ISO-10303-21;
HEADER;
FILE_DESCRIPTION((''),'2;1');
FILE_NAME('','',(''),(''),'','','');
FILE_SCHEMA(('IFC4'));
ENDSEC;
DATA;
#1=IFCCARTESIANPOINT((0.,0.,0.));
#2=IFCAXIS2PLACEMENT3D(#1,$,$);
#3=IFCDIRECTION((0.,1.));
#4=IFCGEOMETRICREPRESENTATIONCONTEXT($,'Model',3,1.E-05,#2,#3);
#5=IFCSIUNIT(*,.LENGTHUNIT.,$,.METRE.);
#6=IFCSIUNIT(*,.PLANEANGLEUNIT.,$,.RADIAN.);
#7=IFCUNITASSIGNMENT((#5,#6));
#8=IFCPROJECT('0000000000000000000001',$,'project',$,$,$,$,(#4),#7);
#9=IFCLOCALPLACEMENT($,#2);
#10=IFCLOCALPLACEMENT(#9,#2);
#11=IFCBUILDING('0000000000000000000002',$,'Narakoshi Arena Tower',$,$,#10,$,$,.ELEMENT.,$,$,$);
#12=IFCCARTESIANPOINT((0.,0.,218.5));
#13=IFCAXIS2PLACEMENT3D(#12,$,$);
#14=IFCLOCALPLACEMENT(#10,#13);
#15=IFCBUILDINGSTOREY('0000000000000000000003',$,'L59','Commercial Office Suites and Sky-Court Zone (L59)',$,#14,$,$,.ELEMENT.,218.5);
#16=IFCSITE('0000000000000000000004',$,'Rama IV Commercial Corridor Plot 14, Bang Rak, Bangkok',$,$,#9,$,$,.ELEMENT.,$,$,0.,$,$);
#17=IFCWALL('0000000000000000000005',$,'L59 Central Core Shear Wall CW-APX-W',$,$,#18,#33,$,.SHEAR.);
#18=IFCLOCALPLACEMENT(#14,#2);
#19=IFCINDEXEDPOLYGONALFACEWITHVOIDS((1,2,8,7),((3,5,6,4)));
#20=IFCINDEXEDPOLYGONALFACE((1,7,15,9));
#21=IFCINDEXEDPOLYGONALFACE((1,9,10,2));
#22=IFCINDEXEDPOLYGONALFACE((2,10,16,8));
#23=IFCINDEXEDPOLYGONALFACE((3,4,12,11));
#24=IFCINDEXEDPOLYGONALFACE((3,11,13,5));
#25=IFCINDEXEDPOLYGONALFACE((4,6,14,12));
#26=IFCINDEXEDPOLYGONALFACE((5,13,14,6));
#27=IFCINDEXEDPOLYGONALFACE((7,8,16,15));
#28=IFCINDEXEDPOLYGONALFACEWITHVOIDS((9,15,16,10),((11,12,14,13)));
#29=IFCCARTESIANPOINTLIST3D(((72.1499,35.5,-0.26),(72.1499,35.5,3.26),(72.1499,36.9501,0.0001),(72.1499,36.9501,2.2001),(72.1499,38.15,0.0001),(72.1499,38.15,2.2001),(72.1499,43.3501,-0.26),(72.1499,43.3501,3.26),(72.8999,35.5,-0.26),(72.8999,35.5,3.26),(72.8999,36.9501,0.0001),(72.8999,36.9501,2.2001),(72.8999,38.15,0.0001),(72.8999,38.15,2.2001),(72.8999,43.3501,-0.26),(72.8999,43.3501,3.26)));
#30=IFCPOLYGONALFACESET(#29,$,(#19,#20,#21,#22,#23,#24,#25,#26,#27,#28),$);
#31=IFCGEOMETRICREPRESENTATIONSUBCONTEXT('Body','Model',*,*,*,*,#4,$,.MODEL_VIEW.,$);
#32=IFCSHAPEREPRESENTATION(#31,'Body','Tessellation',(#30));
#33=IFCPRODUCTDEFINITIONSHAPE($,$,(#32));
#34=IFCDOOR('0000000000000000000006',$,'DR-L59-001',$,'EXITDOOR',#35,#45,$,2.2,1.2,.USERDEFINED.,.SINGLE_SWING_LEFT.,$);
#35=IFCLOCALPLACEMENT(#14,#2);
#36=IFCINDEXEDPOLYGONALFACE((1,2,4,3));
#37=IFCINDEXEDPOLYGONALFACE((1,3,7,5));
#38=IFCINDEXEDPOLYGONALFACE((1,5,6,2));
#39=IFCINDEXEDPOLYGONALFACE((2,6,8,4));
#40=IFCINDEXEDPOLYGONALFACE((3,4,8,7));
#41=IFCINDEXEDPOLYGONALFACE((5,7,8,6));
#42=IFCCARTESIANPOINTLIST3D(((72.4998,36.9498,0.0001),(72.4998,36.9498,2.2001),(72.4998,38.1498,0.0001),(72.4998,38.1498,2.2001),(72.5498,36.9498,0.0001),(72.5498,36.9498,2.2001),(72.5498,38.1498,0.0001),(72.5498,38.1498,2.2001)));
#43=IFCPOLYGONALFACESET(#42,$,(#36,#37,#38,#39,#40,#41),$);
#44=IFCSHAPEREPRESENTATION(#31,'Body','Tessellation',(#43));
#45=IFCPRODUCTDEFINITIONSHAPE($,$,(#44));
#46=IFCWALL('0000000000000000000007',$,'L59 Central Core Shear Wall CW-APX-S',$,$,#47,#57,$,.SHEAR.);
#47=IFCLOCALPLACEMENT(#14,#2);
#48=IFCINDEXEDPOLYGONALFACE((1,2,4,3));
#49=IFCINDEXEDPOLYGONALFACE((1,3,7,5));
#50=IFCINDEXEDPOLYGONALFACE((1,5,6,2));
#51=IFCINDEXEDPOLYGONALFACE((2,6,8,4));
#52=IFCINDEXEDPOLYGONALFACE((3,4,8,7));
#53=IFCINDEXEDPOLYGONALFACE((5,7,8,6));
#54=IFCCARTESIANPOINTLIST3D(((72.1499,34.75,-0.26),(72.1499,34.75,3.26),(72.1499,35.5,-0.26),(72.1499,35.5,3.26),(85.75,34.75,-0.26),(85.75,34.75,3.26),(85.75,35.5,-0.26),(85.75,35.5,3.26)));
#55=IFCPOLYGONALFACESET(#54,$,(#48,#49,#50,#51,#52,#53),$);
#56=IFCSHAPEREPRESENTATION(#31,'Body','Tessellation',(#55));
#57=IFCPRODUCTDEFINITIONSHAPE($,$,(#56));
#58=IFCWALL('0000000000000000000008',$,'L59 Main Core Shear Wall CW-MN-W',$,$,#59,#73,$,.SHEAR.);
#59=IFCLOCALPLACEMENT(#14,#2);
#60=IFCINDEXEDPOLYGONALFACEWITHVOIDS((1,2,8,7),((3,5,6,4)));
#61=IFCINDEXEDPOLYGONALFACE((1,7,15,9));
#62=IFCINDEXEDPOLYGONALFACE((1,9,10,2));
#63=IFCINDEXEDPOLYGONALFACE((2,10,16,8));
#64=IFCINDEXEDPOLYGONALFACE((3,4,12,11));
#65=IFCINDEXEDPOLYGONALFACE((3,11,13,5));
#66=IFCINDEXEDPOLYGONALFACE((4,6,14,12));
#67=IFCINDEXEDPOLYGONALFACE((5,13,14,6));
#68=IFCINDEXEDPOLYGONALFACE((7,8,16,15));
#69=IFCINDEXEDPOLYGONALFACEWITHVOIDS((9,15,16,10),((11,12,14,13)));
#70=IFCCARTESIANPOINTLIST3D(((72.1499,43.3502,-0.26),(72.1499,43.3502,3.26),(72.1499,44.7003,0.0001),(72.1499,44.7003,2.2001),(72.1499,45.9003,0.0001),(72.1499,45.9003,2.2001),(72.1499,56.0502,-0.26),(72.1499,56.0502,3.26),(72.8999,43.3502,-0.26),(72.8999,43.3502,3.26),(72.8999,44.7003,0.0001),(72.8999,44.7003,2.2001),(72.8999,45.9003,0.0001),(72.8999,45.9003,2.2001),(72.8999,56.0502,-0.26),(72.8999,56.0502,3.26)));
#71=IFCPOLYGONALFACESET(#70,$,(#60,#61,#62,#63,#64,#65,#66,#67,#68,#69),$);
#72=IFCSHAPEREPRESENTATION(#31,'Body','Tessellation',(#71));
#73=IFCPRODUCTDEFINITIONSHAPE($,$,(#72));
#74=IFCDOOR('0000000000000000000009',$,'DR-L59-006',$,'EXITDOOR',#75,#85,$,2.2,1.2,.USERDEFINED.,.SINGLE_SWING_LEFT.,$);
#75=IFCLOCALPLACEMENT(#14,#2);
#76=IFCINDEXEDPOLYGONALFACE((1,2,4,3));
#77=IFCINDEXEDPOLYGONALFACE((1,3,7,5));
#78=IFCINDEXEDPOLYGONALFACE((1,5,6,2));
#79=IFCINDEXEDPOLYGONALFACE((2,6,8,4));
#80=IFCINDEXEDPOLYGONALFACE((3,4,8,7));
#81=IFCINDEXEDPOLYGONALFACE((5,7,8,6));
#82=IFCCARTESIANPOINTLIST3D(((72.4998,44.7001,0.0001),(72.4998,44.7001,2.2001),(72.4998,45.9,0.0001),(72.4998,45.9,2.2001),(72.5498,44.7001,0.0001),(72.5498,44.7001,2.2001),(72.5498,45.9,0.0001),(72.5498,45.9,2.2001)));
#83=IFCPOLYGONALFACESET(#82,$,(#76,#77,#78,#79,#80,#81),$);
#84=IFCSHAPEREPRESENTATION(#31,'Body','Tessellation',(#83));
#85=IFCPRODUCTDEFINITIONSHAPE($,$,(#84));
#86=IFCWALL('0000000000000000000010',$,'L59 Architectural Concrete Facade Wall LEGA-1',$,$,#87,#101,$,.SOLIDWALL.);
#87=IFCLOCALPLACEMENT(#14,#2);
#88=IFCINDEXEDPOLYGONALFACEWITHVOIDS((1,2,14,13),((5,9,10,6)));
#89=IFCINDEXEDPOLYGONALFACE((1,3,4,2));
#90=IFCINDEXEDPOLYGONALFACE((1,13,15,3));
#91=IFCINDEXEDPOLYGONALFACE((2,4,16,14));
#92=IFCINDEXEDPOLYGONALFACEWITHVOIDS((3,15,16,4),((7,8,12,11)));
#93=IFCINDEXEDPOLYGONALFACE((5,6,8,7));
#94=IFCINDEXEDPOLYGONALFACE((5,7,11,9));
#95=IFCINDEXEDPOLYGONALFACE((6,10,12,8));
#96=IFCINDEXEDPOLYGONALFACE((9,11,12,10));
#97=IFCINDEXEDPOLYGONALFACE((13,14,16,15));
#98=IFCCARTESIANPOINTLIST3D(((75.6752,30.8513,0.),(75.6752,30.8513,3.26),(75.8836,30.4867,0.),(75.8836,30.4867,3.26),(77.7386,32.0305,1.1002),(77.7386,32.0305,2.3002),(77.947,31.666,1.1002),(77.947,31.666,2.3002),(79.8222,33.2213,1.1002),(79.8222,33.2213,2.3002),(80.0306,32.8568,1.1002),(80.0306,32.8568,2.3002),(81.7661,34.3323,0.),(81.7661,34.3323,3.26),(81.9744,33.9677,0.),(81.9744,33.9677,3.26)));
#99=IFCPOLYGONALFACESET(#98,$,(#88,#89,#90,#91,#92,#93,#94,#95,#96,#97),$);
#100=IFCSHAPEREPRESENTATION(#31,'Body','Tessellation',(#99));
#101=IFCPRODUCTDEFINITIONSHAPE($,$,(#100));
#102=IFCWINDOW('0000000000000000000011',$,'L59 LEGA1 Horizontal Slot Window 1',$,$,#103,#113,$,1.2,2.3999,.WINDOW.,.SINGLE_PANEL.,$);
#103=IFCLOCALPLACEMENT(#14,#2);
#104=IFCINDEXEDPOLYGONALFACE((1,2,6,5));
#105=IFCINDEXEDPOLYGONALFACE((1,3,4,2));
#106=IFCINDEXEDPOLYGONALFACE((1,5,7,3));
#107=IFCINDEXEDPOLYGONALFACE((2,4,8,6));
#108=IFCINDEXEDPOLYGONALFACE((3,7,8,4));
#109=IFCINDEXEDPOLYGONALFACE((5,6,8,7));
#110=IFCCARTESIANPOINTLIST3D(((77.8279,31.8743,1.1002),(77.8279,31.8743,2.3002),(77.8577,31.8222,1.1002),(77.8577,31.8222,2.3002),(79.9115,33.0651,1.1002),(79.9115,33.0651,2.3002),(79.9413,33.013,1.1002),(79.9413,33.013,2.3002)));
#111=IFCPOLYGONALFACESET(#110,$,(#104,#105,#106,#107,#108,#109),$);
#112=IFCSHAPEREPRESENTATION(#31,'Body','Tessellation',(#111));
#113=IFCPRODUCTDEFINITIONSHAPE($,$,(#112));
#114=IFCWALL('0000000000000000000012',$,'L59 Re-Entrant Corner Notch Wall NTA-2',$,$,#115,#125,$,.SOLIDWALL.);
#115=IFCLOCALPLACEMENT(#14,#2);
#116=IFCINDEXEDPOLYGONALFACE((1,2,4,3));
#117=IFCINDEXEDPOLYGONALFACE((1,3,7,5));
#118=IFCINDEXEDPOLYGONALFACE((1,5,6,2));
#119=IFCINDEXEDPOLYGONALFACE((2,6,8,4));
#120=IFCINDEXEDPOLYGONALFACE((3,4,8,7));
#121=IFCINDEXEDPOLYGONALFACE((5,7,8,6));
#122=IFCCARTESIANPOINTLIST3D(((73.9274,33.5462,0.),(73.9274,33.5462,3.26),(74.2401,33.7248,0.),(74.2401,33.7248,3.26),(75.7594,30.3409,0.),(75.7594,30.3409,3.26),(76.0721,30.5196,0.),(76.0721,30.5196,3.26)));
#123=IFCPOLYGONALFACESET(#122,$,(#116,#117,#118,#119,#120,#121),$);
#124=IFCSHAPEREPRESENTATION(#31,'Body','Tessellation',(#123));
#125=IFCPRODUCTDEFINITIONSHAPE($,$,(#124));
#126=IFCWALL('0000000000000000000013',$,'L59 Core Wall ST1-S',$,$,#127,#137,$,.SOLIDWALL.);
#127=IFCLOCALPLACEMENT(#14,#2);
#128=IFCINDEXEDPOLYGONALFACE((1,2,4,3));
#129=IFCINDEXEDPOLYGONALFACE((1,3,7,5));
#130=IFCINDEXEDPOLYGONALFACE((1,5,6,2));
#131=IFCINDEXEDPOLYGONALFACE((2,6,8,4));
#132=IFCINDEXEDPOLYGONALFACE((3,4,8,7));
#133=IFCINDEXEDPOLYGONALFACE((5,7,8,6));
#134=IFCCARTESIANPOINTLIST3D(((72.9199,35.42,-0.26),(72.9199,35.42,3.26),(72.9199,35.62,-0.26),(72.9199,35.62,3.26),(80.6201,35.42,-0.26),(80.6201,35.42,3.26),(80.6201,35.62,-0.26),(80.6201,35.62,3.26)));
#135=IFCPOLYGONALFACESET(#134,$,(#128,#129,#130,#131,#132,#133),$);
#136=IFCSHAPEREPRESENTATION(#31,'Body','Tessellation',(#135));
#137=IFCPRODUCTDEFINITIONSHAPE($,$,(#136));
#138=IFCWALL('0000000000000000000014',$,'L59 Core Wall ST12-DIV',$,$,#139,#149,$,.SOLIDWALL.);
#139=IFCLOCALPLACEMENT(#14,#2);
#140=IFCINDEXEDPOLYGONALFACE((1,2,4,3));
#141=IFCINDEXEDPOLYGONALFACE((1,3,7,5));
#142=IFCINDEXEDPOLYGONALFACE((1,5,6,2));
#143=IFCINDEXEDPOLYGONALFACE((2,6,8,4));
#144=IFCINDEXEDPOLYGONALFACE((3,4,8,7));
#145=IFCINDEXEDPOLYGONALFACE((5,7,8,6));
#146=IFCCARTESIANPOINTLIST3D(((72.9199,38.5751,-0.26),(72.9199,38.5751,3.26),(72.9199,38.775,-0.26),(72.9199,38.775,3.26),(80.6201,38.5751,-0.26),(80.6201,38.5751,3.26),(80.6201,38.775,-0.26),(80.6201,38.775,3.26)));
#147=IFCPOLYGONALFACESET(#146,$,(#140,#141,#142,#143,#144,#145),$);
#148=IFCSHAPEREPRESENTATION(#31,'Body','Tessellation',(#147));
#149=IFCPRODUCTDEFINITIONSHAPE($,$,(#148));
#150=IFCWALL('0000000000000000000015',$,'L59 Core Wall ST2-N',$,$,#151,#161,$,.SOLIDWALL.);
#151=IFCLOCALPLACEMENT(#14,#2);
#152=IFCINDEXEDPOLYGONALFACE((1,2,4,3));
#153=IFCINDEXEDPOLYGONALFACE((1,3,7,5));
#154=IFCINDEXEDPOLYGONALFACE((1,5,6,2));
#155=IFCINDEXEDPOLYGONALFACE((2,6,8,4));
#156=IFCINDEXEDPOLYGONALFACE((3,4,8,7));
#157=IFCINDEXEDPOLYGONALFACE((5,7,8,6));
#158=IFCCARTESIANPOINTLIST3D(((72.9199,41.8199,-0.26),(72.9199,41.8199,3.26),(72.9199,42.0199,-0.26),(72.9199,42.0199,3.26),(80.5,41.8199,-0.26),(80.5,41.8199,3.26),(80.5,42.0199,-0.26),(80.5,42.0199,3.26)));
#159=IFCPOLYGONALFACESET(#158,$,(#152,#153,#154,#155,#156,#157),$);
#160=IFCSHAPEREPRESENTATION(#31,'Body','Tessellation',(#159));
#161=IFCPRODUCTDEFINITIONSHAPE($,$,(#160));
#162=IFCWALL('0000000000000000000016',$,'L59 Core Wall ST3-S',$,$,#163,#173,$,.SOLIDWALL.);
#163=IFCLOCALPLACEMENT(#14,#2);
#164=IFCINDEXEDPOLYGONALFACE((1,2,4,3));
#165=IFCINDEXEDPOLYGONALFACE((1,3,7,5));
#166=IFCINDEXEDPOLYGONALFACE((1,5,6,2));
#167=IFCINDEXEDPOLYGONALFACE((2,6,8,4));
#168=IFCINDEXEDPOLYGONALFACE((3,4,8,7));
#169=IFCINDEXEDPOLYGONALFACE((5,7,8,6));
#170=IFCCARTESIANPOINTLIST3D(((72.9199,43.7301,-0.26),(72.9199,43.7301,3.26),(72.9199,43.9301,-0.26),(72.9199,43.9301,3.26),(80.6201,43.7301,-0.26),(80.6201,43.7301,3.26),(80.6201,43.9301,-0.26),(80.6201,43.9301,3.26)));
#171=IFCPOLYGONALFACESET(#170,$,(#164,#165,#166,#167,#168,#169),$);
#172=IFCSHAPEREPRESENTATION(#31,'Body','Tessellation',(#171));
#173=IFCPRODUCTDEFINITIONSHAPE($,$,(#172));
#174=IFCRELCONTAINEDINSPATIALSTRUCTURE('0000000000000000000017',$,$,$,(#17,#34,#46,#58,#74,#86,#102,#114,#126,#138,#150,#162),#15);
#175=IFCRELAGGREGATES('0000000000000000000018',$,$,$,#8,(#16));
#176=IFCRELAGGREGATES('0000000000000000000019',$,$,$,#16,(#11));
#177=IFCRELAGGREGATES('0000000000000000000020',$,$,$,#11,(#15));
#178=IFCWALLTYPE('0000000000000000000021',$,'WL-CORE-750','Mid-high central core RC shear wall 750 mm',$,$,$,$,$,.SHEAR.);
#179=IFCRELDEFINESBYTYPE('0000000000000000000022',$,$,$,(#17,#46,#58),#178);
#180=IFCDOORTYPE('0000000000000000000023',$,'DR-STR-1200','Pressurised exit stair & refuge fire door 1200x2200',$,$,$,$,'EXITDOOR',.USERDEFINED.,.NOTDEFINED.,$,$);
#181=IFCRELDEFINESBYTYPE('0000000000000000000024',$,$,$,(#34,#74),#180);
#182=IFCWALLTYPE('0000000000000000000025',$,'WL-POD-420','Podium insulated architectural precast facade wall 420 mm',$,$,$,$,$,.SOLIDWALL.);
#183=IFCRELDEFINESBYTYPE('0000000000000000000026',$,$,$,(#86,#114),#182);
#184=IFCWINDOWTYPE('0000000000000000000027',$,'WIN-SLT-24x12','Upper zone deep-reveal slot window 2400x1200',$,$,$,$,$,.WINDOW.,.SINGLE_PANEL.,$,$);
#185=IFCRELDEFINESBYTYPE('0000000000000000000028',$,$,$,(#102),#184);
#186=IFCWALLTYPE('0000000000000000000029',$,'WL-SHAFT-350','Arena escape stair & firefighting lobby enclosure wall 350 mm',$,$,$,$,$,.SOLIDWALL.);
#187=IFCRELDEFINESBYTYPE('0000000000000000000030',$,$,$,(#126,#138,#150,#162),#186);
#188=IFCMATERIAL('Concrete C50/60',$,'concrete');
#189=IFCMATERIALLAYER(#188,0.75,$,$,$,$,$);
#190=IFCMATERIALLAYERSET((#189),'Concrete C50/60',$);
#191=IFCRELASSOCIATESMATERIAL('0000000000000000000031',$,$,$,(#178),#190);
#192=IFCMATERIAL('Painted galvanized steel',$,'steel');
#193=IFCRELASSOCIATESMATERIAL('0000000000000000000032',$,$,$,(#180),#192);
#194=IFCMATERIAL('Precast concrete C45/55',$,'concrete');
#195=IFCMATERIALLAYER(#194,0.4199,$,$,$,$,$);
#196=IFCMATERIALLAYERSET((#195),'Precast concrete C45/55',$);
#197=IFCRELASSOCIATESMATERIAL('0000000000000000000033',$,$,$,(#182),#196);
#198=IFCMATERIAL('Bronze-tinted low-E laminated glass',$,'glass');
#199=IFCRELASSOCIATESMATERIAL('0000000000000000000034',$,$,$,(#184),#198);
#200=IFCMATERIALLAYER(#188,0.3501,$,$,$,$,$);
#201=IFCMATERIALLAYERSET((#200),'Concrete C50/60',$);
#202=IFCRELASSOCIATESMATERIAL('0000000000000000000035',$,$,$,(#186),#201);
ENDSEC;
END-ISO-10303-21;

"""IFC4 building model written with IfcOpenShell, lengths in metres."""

from ifc_helpers import new_model, si_unit, direction, frame, frame_2d, origin, place, context, subcontext, project, spatial, rectangle, extrude, material, layer, layer_set, type_object, element, fill, save


model = new_model("IFC4")

# Units and contexts
model_context = context("Model", 3, precision=1e-05, world=origin(), true_north=direction((0.0, 1.0)))
body_context = subcontext(model_context, "Body", "Model", "MODEL_VIEW")
ifc_project = project(units=[si_unit("LENGTHUNIT", "METRE"), si_unit("PLANEANGLEUNIT", "RADIAN")], contexts=[model_context])

# Site, building, storey
site_placement = place(None, origin())
site = spatial("IfcSite", under=ifc_project, at=site_placement, Name="Rama IV Commercial Corridor Plot 14, Bang Rak, Bangkok", CompositionType="ELEMENT", RefElevation=0.0)
building_placement = place(site_placement, origin())
building = spatial("IfcBuilding", under=site, at=building_placement, Name="Narakoshi Arena Tower", CompositionType="ELEMENT")
storey_placement = place(building_placement, frame((0.0, 0.0, 218.5)))
storey = spatial("IfcBuildingStorey", under=building, at=storey_placement, Name="L59", Description="Commercial Office Suites and Sky-Court Zone (L59)", CompositionType="ELEMENT", Elevation=218.5)

# Wall, opening, door
ifc_material_1 = material(Name="Concrete C50/60", Category="concrete")
ifc_layer_1 = layer(ifc_material_1, 0.75)
ifc_layer_set_1 = layer_set([ifc_layer_1], Name="Concrete C50/60")
wall_type_1 = type_object("IfcWallType", Name="WL-CORE-750", Description="Mid-high central core RC shear wall 750 mm", PredefinedType="SHEAR", material=ifc_layer_set_1)
wall_1_placement = place(storey_placement, frame((72.5249, 35.5, -0.26), z_axis=(0.0, 0.0, 1.0), x_axis=(0.0, 1.0, 0.0)))
wall_1 = element("IfcWall", 1, at=wall_1_placement, inside=storey, type_object=wall_type_1, Name="L59 Central Core Shear Wall CW-APX-W", PredefinedType="SHEAR", context=body_context, shape_type="SweptSolid", body=[
    extrude(rectangle(XDim=7.8501, YDim=0.75, at=frame_2d((3.925, 0.0))), origin(), (0.0, 0.0, 1.0), 3.52),
])
opening_1_placement = place(wall_1_placement, frame((1.45, 0.0, 0.26)))
opening_1 = element("IfcOpeningElement", 2, at=opening_1_placement, cuts=wall_1, PredefinedType="OPENING", context=body_context, shape_type="SweptSolid", body=[
    extrude(rectangle(XDim=1.2, YDim=2.2, at=frame_2d((0.6001, 1.1001))), frame((0.0, 0.385, 0.0), z_axis=(0.0, -1.0, 0.0), x_axis=(1.0, 0.0, 0.0)), (0.0, 0.0, 1.0), 0.77),
])
ifc_material_2 = material(Name="Painted galvanized steel", Category="steel")
door_type = type_object("IfcDoorType", Name="DR-STR-1200", Description="Pressurised exit stair & refuge fire door 1200x2200", ElementType="EXITDOOR", OperationType="NOTDEFINED", PredefinedType="USERDEFINED", material=ifc_material_2)
door_1_placement = place(opening_1_placement, frame((1.2, 0.0, 0.0), z_axis=(0.0, 0.0, 1.0), x_axis=(-1.0, 0.0, 0.0)))
door_1 = element("IfcDoor", 3, at=door_1_placement, inside=storey, type_object=door_type, Name="DR-L59-001", ObjectType="EXITDOOR", OperationType="SINGLE_SWING_LEFT", OverallHeight=2.2, OverallWidth=1.2, PredefinedType="USERDEFINED", context=body_context, shape_type="SweptSolid", body=[
    extrude(rectangle(XDim=1.2, YDim=2.2, at=frame_2d((0.6001, 1.1001))), frame((0.0, 0.0249, 0.0), z_axis=(0.0, -1.0, 0.0), x_axis=(1.0, 0.0, 0.0)), (0.0, 0.0, 1.0), 0.05),
])
fill(opening_1, door_1)

# Wall
wall_2_placement = place(storey_placement, frame((72.1499, 35.125, -0.26), z_axis=(0.0, 0.0, 1.0), x_axis=(1.0, 0.0, 0.0)))
element("IfcWall", 4, at=wall_2_placement, inside=storey, type_object=wall_type_1, Name="L59 Central Core Shear Wall CW-APX-S", PredefinedType="SHEAR", context=body_context, shape_type="SweptSolid", body=[
    extrude(rectangle(XDim=13.6001, YDim=0.75, at=frame_2d((6.8, 0.0))), origin(), (0.0, 0.0, 1.0), 3.52),
])

# Wall, opening, door
wall_3_placement = place(storey_placement, frame((72.5249, 43.3501, -0.26), z_axis=(0.0, 0.0, 1.0), x_axis=(0.0, 1.0, 0.0)))
wall_3 = element("IfcWall", 5, at=wall_3_placement, inside=storey, type_object=wall_type_1, Name="L59 Main Core Shear Wall CW-MN-W", PredefinedType="SHEAR", context=body_context, shape_type="SweptSolid", body=[
    extrude(rectangle(XDim=12.7, YDim=0.75, at=frame_2d((6.3501, 0.0))), origin(), (0.0, 0.0, 1.0), 3.52),
])
opening_2_placement = place(wall_3_placement, frame((1.3501, 0.0, 0.26)))
opening_2 = element("IfcOpeningElement", 6, at=opening_2_placement, cuts=wall_3, PredefinedType="OPENING", context=body_context, shape_type="SweptSolid", body=[
    extrude(rectangle(XDim=1.2, YDim=2.2, at=frame_2d((0.6001, 1.1001))), frame((0.0, 0.385, 0.0), z_axis=(0.0, -1.0, 0.0), x_axis=(1.0, 0.0, 0.0)), (0.0, 0.0, 1.0), 0.77),
])
door_2_placement = place(opening_2_placement, frame((1.2, 0.0, 0.0), z_axis=(0.0, 0.0, 1.0), x_axis=(-1.0, 0.0, 0.0)))
door_2 = element("IfcDoor", 7, at=door_2_placement, inside=storey, type_object=door_type, Name="DR-L59-006", ObjectType="EXITDOOR", OperationType="SINGLE_SWING_LEFT", OverallHeight=2.2, OverallWidth=1.2, PredefinedType="USERDEFINED", context=body_context, shape_type="SweptSolid", body=[
    extrude(rectangle(XDim=1.2, YDim=2.2, at=frame_2d((0.6001, 1.1001))), frame((0.0, 0.0249, 0.0), z_axis=(0.0, -1.0, 0.0), x_axis=(1.0, 0.0, 0.0)), (0.0, 0.0, 1.0), 0.05),
])
fill(opening_2, door_2)

# Wall, opening, window
ifc_material_3 = material(Name="Precast concrete C45/55", Category="concrete")
ifc_layer_2 = layer(ifc_material_3, 0.4199)
ifc_layer_set_2 = layer_set([ifc_layer_2], Name="Precast concrete C45/55")
wall_type_2 = type_object("IfcWallType", Name="WL-POD-420", Description="Podium insulated architectural precast facade wall 420 mm", PredefinedType="SOLIDWALL", material=ifc_layer_set_2)
wall_4_placement = place(storey_placement, frame((75.7793, 30.6689, 0.0), z_axis=(0.0, 0.0, 1.0), x_axis=(0.868213, 0.496191, 0.0)))
wall_4 = element("IfcWall", 8, at=wall_4_placement, inside=storey, type_object=wall_type_2, Name="L59 Architectural Concrete Facade Wall LEGA-1", PredefinedType="SOLIDWALL", context=body_context, shape_type="SweptSolid", body=[
    extrude(rectangle(XDim=7.0154, YDim=0.4199, at=frame_2d((3.5078, 0.0))), origin(), (0.0, 0.0, 1.0), 3.26),
])
opening_3_placement = place(wall_4_placement, frame((2.3767, 0.0, 1.1001)))
opening_3 = element("IfcOpeningElement", 9, at=opening_3_placement, cuts=wall_4, PredefinedType="OPENING", context=body_context, shape_type="SweptSolid", body=[
    extrude(rectangle(XDim=2.3999, YDim=1.2, at=frame_2d((1.2, 0.6001))), frame((0.0, 0.22, 0.0), z_axis=(0.0, -1.0, 0.0), x_axis=(1.0, 0.0, 0.0)), (0.0, 0.0, 1.0), 0.4399),
])
ifc_material_4 = material(Name="Bronze-tinted low-E laminated glass", Category="glass")
window_type = type_object("IfcWindowType", Name="WIN-SLT-24x12", Description="Upper zone deep-reveal slot window 2400x1200", PartitioningType="SINGLE_PANEL", PredefinedType="WINDOW", material=ifc_material_4)
window_placement = place(opening_3_placement, origin())
window = element("IfcWindow", 10, at=window_placement, inside=storey, type_object=window_type, Name="L59 LEGA1 Horizontal Slot Window 1", OverallHeight=1.2, OverallWidth=2.3999, PartitioningType="SINGLE_PANEL", PredefinedType="WINDOW", context=body_context, shape_type="SweptSolid", body=[
    extrude(rectangle(XDim=2.3999, YDim=1.2, at=frame_2d((1.2, 0.6001))), frame((0.0, 0.03, 0.0), z_axis=(0.0, -1.0, 0.0), x_axis=(1.0, 0.0, 0.0)), (0.0, 0.0, 1.0), 0.0601),
])
fill(opening_3, window)

# Walls
wall_5_placement = place(storey_placement, frame((74.0837, 33.6355, 0.0), z_axis=(0.0, 0.0, 1.0), x_axis=(0.496224, -0.868194, 0.0)))
element("IfcWall", 11, at=wall_5_placement, inside=storey, type_object=wall_type_2, Name="L59 Re-Entrant Corner Notch Wall NTA-2", PredefinedType="SOLIDWALL", context=body_context, shape_type="SweptSolid", body=[
    extrude(rectangle(XDim=3.6919, YDim=0.3601, at=frame_2d((1.8459, 0.0))), origin(), (0.0, 0.0, 1.0), 3.26),
])
ifc_layer_3 = layer(ifc_material_1, 0.3501)
ifc_layer_set_3 = layer_set([ifc_layer_3], Name="Concrete C50/60")
wall_type_3 = type_object("IfcWallType", Name="WL-SHAFT-350", Description="Arena escape stair & firefighting lobby enclosure wall 350 mm", PredefinedType="SOLIDWALL", material=ifc_layer_set_3)
for number, where, z_axis, x_axis, name in (
    (12, (72.9199, 35.52, -0.26), (0.0, 0.0, 1.0), (1.0, 0.0, 0.0), "L59 Core Wall ST1-S"),
    (13, (72.9199, 38.675, -0.26), (0.0, 0.0, 1.0), (1.0, 0.0, 0.0), "L59 Core Wall ST12-DIV"),
):
    element("IfcWall", number, at=place(storey_placement, frame(where, z_axis=z_axis, x_axis=x_axis)), inside=storey, type_object=wall_type_3, Name=name, PredefinedType="SOLIDWALL", context=body_context, shape_type="SweptSolid", body=[
        extrude(rectangle(XDim=7.7002, YDim=0.2, at=frame_2d((3.8501, 0.0))), origin(), (0.0, 0.0, 1.0), 3.52),
    ])
wall_6_placement = place(storey_placement, frame((72.9199, 41.9199, -0.26), z_axis=(0.0, 0.0, 1.0), x_axis=(1.0, 0.0, 0.0)))
element("IfcWall", 14, at=wall_6_placement, inside=storey, type_object=wall_type_3, Name="L59 Core Wall ST2-N", PredefinedType="SOLIDWALL", context=body_context, shape_type="SweptSolid", body=[
    extrude(rectangle(XDim=7.5801, YDim=0.2, at=frame_2d((3.79, 0.0))), origin(), (0.0, 0.0, 1.0), 3.52),
])
wall_7_placement = place(storey_placement, frame((72.9199, 43.8301, -0.26), z_axis=(0.0, 0.0, 1.0), x_axis=(1.0, 0.0, 0.0)))
element("IfcWall", 15, at=wall_7_placement, inside=storey, type_object=wall_type_3, Name="L59 Core Wall ST3-S", PredefinedType="SOLIDWALL", context=body_context, shape_type="SweptSolid", body=[
    extrude(rectangle(XDim=7.7002, YDim=0.2, at=frame_2d((3.8501, 0.0))), origin(), (0.0, 0.0, 1.0), 3.52),
])

save(model, "model.ifc")
